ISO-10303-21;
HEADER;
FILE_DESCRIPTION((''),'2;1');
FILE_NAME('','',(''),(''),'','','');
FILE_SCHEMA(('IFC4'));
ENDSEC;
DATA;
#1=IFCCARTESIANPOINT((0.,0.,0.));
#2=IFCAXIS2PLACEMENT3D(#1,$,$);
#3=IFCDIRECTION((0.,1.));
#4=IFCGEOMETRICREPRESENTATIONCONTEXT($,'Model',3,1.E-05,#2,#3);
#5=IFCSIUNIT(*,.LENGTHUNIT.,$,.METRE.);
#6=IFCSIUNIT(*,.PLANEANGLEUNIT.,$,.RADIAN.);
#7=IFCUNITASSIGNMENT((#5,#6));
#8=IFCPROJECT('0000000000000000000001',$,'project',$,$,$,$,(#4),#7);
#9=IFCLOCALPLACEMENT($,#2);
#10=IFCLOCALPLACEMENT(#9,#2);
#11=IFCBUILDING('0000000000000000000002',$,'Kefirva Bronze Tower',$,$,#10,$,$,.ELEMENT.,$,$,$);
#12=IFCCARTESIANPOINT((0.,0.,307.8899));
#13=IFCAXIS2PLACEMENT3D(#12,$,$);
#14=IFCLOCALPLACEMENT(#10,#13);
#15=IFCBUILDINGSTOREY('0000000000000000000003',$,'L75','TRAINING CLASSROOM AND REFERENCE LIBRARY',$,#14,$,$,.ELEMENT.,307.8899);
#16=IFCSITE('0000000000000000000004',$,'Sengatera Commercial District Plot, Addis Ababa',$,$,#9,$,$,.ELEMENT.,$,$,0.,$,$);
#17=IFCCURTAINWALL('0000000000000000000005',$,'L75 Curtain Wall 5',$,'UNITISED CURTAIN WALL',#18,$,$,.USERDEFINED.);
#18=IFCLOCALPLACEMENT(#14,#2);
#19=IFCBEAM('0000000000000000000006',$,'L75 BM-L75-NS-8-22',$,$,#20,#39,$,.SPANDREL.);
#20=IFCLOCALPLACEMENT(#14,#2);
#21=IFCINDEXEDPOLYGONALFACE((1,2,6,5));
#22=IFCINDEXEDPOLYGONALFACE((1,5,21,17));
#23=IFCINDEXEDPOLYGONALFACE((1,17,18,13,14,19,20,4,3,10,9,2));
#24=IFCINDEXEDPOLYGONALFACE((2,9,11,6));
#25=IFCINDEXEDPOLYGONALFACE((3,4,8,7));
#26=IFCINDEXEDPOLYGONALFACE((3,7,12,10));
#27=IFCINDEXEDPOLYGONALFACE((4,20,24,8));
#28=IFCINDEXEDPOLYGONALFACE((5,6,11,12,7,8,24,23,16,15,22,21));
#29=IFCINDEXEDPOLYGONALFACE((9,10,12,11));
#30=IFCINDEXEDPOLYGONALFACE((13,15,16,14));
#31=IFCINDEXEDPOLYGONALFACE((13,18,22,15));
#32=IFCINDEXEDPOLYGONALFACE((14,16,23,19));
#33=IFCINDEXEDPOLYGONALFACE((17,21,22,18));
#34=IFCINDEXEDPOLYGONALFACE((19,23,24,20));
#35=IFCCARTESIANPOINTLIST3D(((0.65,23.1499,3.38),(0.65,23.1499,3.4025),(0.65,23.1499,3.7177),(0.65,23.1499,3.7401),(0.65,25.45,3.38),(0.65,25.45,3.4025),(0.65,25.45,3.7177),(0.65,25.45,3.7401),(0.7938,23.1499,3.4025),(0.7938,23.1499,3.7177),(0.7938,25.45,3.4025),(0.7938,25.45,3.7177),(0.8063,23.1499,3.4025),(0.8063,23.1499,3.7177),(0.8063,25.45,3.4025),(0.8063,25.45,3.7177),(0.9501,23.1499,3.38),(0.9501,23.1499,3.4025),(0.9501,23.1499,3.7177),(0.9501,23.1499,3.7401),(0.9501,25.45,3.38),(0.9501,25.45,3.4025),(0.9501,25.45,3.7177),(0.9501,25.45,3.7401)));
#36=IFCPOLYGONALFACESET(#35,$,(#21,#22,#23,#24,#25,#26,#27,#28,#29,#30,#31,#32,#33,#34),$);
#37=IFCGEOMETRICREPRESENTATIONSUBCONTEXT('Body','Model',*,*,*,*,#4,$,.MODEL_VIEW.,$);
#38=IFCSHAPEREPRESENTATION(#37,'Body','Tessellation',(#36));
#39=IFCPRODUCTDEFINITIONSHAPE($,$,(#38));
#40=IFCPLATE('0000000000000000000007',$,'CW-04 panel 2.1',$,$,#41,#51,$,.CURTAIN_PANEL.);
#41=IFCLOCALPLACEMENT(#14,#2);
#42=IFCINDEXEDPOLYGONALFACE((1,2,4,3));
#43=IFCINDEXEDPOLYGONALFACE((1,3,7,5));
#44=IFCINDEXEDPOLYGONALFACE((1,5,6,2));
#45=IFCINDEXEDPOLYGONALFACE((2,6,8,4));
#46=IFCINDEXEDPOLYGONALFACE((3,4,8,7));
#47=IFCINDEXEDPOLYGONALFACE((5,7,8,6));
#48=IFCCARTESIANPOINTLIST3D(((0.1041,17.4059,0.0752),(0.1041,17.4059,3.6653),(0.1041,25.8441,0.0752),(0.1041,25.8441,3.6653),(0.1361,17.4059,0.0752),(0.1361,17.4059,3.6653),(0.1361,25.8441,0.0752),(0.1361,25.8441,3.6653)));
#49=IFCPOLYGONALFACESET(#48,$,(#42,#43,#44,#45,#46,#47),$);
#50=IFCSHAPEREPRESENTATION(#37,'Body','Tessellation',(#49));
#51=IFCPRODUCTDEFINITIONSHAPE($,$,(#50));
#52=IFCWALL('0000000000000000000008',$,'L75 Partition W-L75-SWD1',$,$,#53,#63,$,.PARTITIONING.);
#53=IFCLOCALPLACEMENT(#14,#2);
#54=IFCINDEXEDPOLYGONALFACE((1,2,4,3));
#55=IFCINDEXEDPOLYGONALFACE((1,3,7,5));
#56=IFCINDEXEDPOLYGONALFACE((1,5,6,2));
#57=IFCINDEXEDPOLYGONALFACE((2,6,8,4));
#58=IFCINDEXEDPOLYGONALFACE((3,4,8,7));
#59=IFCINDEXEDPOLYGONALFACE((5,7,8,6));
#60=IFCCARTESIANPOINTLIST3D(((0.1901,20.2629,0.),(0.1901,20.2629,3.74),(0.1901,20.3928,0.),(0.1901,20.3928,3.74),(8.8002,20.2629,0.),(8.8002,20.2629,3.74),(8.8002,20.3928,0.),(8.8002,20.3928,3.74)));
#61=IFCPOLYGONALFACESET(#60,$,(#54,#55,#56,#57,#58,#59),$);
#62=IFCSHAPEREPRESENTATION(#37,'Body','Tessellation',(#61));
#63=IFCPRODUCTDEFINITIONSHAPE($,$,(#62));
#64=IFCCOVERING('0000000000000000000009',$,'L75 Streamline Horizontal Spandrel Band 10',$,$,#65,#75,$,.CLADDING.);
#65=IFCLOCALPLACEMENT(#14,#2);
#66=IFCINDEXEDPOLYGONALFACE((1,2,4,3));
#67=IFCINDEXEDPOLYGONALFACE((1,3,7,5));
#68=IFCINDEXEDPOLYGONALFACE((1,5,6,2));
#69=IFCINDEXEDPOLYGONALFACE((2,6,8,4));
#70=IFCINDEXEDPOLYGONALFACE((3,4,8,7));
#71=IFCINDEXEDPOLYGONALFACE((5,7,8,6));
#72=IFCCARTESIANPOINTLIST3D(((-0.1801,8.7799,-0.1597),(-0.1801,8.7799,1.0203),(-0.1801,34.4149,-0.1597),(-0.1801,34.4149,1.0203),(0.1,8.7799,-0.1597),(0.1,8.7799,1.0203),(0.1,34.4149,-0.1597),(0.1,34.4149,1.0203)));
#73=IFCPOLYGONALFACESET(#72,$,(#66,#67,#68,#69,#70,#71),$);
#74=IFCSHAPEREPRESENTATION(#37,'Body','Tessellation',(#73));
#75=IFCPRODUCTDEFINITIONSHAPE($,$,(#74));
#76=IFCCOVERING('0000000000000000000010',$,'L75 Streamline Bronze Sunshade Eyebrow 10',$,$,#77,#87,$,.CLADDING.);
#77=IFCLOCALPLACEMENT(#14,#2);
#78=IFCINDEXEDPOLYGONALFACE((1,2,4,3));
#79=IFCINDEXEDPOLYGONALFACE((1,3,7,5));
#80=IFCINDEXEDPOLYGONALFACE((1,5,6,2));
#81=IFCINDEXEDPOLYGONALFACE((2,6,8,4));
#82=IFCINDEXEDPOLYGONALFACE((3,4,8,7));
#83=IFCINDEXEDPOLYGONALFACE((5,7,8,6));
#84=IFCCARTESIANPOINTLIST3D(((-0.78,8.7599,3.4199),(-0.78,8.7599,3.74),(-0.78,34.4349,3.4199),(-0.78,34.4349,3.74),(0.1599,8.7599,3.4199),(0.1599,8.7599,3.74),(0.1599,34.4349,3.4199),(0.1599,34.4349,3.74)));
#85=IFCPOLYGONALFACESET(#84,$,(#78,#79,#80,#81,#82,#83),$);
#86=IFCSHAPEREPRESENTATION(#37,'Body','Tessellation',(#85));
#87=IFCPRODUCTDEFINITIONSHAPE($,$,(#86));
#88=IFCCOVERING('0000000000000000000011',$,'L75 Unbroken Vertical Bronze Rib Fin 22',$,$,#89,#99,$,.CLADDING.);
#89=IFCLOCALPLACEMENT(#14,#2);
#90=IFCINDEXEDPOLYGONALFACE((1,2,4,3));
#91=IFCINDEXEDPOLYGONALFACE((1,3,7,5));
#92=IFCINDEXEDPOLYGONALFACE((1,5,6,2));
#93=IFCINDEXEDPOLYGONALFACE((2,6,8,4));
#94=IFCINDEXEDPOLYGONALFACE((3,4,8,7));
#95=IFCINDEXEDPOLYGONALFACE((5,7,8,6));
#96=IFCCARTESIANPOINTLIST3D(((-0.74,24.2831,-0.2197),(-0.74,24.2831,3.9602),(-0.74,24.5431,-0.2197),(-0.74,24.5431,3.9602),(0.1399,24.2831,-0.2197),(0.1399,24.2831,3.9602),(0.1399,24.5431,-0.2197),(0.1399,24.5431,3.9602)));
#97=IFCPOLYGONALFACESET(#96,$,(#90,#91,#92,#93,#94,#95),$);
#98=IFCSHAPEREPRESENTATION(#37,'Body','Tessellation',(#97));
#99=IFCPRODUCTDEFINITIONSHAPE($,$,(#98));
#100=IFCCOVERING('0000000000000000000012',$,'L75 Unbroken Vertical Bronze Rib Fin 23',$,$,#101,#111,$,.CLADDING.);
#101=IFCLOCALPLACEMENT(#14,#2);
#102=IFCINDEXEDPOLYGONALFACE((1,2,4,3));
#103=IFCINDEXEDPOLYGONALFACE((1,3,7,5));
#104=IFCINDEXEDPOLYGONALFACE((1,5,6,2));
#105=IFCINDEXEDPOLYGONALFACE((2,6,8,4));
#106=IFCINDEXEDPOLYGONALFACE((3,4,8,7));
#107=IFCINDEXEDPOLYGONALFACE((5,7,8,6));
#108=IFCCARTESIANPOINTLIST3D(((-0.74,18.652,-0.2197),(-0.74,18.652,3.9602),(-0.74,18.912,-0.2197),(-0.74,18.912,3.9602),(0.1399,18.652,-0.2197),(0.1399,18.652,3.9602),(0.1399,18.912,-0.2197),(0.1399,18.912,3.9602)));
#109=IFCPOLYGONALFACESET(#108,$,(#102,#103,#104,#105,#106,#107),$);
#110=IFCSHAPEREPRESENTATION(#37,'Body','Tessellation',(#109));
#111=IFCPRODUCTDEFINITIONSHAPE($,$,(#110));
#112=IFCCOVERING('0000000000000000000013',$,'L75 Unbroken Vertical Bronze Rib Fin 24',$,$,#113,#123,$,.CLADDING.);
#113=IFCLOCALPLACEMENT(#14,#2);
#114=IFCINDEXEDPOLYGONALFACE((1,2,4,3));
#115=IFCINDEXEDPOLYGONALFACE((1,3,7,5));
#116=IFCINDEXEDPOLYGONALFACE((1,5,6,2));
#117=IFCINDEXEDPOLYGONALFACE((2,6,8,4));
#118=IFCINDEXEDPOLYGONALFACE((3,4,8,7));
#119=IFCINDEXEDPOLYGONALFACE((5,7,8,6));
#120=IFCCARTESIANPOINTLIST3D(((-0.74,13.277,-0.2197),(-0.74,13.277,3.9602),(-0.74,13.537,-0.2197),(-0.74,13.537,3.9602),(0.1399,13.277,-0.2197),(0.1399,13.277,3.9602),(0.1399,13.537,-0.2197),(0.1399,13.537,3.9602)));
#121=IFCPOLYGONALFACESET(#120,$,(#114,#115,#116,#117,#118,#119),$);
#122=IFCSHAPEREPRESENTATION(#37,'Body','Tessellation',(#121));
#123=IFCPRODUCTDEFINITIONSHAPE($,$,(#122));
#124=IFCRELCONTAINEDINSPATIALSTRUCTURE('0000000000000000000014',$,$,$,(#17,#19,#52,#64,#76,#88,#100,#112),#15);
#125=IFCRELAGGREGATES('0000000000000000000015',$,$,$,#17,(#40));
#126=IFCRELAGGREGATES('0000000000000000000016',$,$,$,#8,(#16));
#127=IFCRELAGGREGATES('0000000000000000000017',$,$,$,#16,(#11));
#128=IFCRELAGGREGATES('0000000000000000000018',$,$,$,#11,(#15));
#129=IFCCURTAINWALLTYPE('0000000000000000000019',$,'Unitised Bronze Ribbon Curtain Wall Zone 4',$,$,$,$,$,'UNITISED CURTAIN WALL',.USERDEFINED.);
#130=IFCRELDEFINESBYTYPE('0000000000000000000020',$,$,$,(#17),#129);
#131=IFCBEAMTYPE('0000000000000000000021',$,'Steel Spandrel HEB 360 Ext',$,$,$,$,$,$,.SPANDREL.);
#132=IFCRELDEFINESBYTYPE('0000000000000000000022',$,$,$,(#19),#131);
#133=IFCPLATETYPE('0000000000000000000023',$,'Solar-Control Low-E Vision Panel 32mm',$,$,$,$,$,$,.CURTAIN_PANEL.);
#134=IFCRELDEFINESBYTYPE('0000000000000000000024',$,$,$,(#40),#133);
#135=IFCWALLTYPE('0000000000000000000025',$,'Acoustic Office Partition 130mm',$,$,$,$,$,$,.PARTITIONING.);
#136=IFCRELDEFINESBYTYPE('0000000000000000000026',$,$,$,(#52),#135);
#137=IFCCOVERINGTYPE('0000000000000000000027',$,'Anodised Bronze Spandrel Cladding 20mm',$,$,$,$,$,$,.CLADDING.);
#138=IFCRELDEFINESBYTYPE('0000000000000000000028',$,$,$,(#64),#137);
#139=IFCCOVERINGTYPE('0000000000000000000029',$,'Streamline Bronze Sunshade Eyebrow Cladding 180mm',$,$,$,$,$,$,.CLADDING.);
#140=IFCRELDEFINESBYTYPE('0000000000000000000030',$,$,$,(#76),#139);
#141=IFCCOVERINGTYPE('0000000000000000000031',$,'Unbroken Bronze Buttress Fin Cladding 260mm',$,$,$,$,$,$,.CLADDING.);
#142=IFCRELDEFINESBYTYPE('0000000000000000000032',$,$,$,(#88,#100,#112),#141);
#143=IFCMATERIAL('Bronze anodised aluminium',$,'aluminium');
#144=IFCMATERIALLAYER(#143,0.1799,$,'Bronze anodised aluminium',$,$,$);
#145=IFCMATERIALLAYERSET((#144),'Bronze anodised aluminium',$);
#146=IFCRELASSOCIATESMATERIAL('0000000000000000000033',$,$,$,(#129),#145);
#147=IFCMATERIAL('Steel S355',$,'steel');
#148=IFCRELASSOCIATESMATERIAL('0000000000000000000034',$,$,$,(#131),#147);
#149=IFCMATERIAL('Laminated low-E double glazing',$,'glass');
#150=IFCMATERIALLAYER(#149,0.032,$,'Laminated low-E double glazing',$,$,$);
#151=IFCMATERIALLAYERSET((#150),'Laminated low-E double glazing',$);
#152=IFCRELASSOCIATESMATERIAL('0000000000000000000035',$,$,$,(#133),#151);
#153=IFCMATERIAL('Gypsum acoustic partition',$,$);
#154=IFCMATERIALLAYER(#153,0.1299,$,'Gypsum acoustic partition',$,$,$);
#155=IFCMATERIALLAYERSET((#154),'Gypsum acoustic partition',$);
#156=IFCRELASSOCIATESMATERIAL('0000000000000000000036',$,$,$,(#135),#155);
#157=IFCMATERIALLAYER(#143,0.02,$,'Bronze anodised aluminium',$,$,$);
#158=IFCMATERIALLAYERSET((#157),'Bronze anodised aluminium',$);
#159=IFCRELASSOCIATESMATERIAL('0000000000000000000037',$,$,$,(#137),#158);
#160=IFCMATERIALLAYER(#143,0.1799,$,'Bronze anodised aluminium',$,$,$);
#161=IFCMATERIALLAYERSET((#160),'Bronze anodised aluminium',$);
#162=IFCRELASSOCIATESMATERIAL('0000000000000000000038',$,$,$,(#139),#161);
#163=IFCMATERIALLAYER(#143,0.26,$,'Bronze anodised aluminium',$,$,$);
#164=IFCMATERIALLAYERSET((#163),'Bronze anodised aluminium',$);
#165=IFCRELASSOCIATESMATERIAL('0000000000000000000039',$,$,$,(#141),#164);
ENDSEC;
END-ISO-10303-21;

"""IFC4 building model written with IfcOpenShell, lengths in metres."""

from ifc_helpers import new_model, si_unit, direction, frame, frame_2d, origin, origin_2d, place, context, subcontext, project, spatial, rectangle, i_section, extrude, material, layer, layer_set, material_profile, profile_set, type_object, element, aggregate, save


model = new_model("IFC4")

# Units and contexts
model_context = context("Model", 3, precision=1e-05, world=origin(), true_north=direction((0.0, 1.0)))
body_context = subcontext(model_context, "Body", "Model", "MODEL_VIEW")
ifc_project = project(units=[si_unit("LENGTHUNIT", "METRE"), si_unit("PLANEANGLEUNIT", "RADIAN")], contexts=[model_context])

# Site, building, storey
site_placement = place(None, origin())
site = spatial("IfcSite", under=ifc_project, at=site_placement, Name="Sengatera Commercial District Plot, Addis Ababa", CompositionType="ELEMENT", RefElevation=0.0)
building_placement = place(site_placement, origin())
building = spatial("IfcBuilding", under=site, at=building_placement, Name="Kefirva Bronze Tower", CompositionType="ELEMENT")
storey_placement = place(building_placement, frame((0.0, 0.0, 307.8899)))
storey = spatial("IfcBuildingStorey", under=building, at=storey_placement, Name="L75", Description="TRAINING CLASSROOM AND REFERENCE LIBRARY", CompositionType="ELEMENT", Elevation=307.8899)

# Curtain wall
ifc_material_1 = material(Name="Bronze anodised aluminium", Category="aluminium")
ifc_layer_1 = layer(ifc_material_1, 0.1799, Name="Bronze anodised aluminium")
ifc_layer_set_1 = layer_set([ifc_layer_1], Name="Bronze anodised aluminium")
curtain_wall_type = type_object("IfcCurtainWallType", Name="Unitised Bronze Ribbon Curtain Wall Zone 4", ElementType="UNITISED CURTAIN WALL", PredefinedType="USERDEFINED", material=ifc_layer_set_1)
curtain_wall_placement = place(storey_placement, origin())
curtain_wall = element("IfcCurtainWall", 1, at=curtain_wall_placement, inside=storey, type_object=curtain_wall_type, Name="L75 Curtain Wall 5", ObjectType="UNITISED CURTAIN WALL", PredefinedType="USERDEFINED")

# Beam
ifc_material_2 = material(Name="Steel S355", Category="steel")
ifc_material_profile_1 = material_profile(ifc_material_2, i_section(OverallWidth=0.3, OverallDepth=0.3601, WebThickness=0.0125, FlangeThickness=0.0225, at=origin_2d()), Name="HEB 360")
ifc_profile_set_1 = profile_set([ifc_material_profile_1], Name="Steel S355")
beam_type_1 = type_object("IfcBeamType", Name="Steel Spandrel HEB 360 Ext", PredefinedType="SPANDREL", material=ifc_profile_set_1)
beam_1_placement = place(storey_placement, frame((0.8, 23.1499, 3.5601), z_axis=(0.0, 1.0, 0.0), x_axis=(-1.0, 0.0, 0.0)))
element("IfcBeam", 2, at=beam_1_placement, inside=storey, type_object=beam_type_1, Name="L75 BM-L75-NS-8-22", PredefinedType="SPANDREL", context=body_context, shape_type="SweptSolid", body=[
    extrude(i_section(OverallWidth=0.3, OverallDepth=0.3601, WebThickness=0.0125, FlangeThickness=0.0225, at=origin_2d()), origin(), (0.0, 0.0, 1.0), 2.3),
])

# Plate
ifc_material_3 = material(Name="Laminated low-E double glazing", Category="glass")
ifc_layer_2 = layer(ifc_material_3, 0.032, Name="Laminated low-E double glazing")
ifc_layer_set_2 = layer_set([ifc_layer_2], Name="Laminated low-E double glazing")
plate_type = type_object("IfcPlateType", Name="Solar-Control Low-E Vision Panel 32mm", PredefinedType="CURTAIN_PANEL", material=ifc_layer_set_2)
plate_placement = place(storey_placement, frame((0.1201, 21.625, 0.0752), z_axis=(0.0, 0.0, 1.0), x_axis=(0.0, -1.0, 0.0)))
plate = element("IfcPlate", 3, at=plate_placement, type_object=plate_type, Name="CW-04 panel 2.1", PredefinedType="CURTAIN_PANEL", context=body_context, shape_type="SweptSolid", body=[
    extrude(rectangle(XDim=8.4382, YDim=0.032, at=origin_2d()), origin(), (0.0, 0.0, 1.0), 3.5901),
])
aggregate(curtain_wall, [plate])

# Wall
ifc_material_4 = material(Name="Gypsum acoustic partition")
ifc_layer_3 = layer(ifc_material_4, 0.1299, Name="Gypsum acoustic partition")
ifc_layer_set_3 = layer_set([ifc_layer_3], Name="Gypsum acoustic partition")
wall_type = type_object("IfcWallType", Name="Acoustic Office Partition 130mm", PredefinedType="PARTITIONING", material=ifc_layer_set_3)
wall_placement = place(storey_placement, frame((0.1899, 20.3279, 0.0), z_axis=(0.0, 0.0, 1.0), x_axis=(1.0, 0.0, 0.0)))
element("IfcWall", 4, at=wall_placement, inside=storey, type_object=wall_type, Name="L75 Partition W-L75-SWD1", PredefinedType="PARTITIONING", context=body_context, shape_type="SweptSolid", body=[
    extrude(rectangle(XDim=8.6101, YDim=0.1299, at=frame_2d((4.3052, 0.0))), origin(), (0.0, 0.0, 1.0), 3.74),
])

# Coverings
ifc_layer_4 = layer(ifc_material_1, 0.02, Name="Bronze anodised aluminium")
ifc_layer_set_4 = layer_set([ifc_layer_4], Name="Bronze anodised aluminium")
covering_type_1 = type_object("IfcCoveringType", Name="Anodised Bronze Spandrel Cladding 20mm", PredefinedType="CLADDING", material=ifc_layer_set_4)
covering_1_placement = place(storey_placement, frame((-0.04, 21.5974, -0.1597), z_axis=(0.0, 0.0, 1.0), x_axis=(0.0, -1.0, 0.0)))
element("IfcCovering", 5, at=covering_1_placement, inside=storey, type_object=covering_type_1, Name="L75 Streamline Horizontal Spandrel Band 10", PredefinedType="CLADDING", context=body_context, shape_type="SweptSolid", body=[
    extrude(rectangle(XDim=25.635, YDim=0.28, at=origin_2d()), origin(), (0.0, 0.0, 1.0), 1.1799),
])
ifc_layer_5 = layer(ifc_material_1, 0.1799, Name="Bronze anodised aluminium")
ifc_layer_set_5 = layer_set([ifc_layer_5], Name="Bronze anodised aluminium")
covering_type_2 = type_object("IfcCoveringType", Name="Streamline Bronze Sunshade Eyebrow Cladding 180mm", PredefinedType="CLADDING", material=ifc_layer_set_5)
covering_2_placement = place(storey_placement, frame((-0.3101, 21.5974, 3.4199), z_axis=(0.0, 0.0, 1.0), x_axis=(0.0, -1.0, 0.0)))
element("IfcCovering", 6, at=covering_2_placement, inside=storey, type_object=covering_type_2, Name="L75 Streamline Bronze Sunshade Eyebrow 10", PredefinedType="CLADDING", context=body_context, shape_type="SweptSolid", body=[
    extrude(rectangle(XDim=25.675, YDim=0.9399, at=origin_2d()), origin(), (0.0, 0.0, 1.0), 0.3201),
])
ifc_layer_6 = layer(ifc_material_1, 0.26, Name="Bronze anodised aluminium")
ifc_layer_set_6 = layer_set([ifc_layer_6], Name="Bronze anodised aluminium")
covering_type_3 = type_object("IfcCoveringType", Name="Unbroken Bronze Buttress Fin Cladding 260mm", PredefinedType="CLADDING", material=ifc_layer_set_6)
for number, where, z_axis, x_axis, name in (
    (7, (-0.3, 24.4131, -0.2197), (0.0, 0.0, 1.0), (0.0, -1.0, 0.0), "L75 Unbroken Vertical Bronze Rib Fin 22"),
    (8, (-0.3, 18.782, -0.2197), (0.0, 0.0, 1.0), (0.0, -1.0, 0.0), "L75 Unbroken Vertical Bronze Rib Fin 23"),
    (9, (-0.3, 13.407, -0.2197), (0.0, 0.0, 1.0), (0.0, -1.0, 0.0), "L75 Unbroken Vertical Bronze Rib Fin 24"),
):
    element("IfcCovering", number, at=place(storey_placement, frame(where, z_axis=z_axis, x_axis=x_axis)), inside=storey, type_object=covering_type_3, Name=name, PredefinedType="CLADDING", context=body_context, shape_type="SweptSolid", body=[
        extrude(rectangle(XDim=0.26, YDim=0.8799, at=origin_2d()), origin(), (0.0, 0.0, 1.0), 4.1799),
    ])

save(model, "model.ifc")
